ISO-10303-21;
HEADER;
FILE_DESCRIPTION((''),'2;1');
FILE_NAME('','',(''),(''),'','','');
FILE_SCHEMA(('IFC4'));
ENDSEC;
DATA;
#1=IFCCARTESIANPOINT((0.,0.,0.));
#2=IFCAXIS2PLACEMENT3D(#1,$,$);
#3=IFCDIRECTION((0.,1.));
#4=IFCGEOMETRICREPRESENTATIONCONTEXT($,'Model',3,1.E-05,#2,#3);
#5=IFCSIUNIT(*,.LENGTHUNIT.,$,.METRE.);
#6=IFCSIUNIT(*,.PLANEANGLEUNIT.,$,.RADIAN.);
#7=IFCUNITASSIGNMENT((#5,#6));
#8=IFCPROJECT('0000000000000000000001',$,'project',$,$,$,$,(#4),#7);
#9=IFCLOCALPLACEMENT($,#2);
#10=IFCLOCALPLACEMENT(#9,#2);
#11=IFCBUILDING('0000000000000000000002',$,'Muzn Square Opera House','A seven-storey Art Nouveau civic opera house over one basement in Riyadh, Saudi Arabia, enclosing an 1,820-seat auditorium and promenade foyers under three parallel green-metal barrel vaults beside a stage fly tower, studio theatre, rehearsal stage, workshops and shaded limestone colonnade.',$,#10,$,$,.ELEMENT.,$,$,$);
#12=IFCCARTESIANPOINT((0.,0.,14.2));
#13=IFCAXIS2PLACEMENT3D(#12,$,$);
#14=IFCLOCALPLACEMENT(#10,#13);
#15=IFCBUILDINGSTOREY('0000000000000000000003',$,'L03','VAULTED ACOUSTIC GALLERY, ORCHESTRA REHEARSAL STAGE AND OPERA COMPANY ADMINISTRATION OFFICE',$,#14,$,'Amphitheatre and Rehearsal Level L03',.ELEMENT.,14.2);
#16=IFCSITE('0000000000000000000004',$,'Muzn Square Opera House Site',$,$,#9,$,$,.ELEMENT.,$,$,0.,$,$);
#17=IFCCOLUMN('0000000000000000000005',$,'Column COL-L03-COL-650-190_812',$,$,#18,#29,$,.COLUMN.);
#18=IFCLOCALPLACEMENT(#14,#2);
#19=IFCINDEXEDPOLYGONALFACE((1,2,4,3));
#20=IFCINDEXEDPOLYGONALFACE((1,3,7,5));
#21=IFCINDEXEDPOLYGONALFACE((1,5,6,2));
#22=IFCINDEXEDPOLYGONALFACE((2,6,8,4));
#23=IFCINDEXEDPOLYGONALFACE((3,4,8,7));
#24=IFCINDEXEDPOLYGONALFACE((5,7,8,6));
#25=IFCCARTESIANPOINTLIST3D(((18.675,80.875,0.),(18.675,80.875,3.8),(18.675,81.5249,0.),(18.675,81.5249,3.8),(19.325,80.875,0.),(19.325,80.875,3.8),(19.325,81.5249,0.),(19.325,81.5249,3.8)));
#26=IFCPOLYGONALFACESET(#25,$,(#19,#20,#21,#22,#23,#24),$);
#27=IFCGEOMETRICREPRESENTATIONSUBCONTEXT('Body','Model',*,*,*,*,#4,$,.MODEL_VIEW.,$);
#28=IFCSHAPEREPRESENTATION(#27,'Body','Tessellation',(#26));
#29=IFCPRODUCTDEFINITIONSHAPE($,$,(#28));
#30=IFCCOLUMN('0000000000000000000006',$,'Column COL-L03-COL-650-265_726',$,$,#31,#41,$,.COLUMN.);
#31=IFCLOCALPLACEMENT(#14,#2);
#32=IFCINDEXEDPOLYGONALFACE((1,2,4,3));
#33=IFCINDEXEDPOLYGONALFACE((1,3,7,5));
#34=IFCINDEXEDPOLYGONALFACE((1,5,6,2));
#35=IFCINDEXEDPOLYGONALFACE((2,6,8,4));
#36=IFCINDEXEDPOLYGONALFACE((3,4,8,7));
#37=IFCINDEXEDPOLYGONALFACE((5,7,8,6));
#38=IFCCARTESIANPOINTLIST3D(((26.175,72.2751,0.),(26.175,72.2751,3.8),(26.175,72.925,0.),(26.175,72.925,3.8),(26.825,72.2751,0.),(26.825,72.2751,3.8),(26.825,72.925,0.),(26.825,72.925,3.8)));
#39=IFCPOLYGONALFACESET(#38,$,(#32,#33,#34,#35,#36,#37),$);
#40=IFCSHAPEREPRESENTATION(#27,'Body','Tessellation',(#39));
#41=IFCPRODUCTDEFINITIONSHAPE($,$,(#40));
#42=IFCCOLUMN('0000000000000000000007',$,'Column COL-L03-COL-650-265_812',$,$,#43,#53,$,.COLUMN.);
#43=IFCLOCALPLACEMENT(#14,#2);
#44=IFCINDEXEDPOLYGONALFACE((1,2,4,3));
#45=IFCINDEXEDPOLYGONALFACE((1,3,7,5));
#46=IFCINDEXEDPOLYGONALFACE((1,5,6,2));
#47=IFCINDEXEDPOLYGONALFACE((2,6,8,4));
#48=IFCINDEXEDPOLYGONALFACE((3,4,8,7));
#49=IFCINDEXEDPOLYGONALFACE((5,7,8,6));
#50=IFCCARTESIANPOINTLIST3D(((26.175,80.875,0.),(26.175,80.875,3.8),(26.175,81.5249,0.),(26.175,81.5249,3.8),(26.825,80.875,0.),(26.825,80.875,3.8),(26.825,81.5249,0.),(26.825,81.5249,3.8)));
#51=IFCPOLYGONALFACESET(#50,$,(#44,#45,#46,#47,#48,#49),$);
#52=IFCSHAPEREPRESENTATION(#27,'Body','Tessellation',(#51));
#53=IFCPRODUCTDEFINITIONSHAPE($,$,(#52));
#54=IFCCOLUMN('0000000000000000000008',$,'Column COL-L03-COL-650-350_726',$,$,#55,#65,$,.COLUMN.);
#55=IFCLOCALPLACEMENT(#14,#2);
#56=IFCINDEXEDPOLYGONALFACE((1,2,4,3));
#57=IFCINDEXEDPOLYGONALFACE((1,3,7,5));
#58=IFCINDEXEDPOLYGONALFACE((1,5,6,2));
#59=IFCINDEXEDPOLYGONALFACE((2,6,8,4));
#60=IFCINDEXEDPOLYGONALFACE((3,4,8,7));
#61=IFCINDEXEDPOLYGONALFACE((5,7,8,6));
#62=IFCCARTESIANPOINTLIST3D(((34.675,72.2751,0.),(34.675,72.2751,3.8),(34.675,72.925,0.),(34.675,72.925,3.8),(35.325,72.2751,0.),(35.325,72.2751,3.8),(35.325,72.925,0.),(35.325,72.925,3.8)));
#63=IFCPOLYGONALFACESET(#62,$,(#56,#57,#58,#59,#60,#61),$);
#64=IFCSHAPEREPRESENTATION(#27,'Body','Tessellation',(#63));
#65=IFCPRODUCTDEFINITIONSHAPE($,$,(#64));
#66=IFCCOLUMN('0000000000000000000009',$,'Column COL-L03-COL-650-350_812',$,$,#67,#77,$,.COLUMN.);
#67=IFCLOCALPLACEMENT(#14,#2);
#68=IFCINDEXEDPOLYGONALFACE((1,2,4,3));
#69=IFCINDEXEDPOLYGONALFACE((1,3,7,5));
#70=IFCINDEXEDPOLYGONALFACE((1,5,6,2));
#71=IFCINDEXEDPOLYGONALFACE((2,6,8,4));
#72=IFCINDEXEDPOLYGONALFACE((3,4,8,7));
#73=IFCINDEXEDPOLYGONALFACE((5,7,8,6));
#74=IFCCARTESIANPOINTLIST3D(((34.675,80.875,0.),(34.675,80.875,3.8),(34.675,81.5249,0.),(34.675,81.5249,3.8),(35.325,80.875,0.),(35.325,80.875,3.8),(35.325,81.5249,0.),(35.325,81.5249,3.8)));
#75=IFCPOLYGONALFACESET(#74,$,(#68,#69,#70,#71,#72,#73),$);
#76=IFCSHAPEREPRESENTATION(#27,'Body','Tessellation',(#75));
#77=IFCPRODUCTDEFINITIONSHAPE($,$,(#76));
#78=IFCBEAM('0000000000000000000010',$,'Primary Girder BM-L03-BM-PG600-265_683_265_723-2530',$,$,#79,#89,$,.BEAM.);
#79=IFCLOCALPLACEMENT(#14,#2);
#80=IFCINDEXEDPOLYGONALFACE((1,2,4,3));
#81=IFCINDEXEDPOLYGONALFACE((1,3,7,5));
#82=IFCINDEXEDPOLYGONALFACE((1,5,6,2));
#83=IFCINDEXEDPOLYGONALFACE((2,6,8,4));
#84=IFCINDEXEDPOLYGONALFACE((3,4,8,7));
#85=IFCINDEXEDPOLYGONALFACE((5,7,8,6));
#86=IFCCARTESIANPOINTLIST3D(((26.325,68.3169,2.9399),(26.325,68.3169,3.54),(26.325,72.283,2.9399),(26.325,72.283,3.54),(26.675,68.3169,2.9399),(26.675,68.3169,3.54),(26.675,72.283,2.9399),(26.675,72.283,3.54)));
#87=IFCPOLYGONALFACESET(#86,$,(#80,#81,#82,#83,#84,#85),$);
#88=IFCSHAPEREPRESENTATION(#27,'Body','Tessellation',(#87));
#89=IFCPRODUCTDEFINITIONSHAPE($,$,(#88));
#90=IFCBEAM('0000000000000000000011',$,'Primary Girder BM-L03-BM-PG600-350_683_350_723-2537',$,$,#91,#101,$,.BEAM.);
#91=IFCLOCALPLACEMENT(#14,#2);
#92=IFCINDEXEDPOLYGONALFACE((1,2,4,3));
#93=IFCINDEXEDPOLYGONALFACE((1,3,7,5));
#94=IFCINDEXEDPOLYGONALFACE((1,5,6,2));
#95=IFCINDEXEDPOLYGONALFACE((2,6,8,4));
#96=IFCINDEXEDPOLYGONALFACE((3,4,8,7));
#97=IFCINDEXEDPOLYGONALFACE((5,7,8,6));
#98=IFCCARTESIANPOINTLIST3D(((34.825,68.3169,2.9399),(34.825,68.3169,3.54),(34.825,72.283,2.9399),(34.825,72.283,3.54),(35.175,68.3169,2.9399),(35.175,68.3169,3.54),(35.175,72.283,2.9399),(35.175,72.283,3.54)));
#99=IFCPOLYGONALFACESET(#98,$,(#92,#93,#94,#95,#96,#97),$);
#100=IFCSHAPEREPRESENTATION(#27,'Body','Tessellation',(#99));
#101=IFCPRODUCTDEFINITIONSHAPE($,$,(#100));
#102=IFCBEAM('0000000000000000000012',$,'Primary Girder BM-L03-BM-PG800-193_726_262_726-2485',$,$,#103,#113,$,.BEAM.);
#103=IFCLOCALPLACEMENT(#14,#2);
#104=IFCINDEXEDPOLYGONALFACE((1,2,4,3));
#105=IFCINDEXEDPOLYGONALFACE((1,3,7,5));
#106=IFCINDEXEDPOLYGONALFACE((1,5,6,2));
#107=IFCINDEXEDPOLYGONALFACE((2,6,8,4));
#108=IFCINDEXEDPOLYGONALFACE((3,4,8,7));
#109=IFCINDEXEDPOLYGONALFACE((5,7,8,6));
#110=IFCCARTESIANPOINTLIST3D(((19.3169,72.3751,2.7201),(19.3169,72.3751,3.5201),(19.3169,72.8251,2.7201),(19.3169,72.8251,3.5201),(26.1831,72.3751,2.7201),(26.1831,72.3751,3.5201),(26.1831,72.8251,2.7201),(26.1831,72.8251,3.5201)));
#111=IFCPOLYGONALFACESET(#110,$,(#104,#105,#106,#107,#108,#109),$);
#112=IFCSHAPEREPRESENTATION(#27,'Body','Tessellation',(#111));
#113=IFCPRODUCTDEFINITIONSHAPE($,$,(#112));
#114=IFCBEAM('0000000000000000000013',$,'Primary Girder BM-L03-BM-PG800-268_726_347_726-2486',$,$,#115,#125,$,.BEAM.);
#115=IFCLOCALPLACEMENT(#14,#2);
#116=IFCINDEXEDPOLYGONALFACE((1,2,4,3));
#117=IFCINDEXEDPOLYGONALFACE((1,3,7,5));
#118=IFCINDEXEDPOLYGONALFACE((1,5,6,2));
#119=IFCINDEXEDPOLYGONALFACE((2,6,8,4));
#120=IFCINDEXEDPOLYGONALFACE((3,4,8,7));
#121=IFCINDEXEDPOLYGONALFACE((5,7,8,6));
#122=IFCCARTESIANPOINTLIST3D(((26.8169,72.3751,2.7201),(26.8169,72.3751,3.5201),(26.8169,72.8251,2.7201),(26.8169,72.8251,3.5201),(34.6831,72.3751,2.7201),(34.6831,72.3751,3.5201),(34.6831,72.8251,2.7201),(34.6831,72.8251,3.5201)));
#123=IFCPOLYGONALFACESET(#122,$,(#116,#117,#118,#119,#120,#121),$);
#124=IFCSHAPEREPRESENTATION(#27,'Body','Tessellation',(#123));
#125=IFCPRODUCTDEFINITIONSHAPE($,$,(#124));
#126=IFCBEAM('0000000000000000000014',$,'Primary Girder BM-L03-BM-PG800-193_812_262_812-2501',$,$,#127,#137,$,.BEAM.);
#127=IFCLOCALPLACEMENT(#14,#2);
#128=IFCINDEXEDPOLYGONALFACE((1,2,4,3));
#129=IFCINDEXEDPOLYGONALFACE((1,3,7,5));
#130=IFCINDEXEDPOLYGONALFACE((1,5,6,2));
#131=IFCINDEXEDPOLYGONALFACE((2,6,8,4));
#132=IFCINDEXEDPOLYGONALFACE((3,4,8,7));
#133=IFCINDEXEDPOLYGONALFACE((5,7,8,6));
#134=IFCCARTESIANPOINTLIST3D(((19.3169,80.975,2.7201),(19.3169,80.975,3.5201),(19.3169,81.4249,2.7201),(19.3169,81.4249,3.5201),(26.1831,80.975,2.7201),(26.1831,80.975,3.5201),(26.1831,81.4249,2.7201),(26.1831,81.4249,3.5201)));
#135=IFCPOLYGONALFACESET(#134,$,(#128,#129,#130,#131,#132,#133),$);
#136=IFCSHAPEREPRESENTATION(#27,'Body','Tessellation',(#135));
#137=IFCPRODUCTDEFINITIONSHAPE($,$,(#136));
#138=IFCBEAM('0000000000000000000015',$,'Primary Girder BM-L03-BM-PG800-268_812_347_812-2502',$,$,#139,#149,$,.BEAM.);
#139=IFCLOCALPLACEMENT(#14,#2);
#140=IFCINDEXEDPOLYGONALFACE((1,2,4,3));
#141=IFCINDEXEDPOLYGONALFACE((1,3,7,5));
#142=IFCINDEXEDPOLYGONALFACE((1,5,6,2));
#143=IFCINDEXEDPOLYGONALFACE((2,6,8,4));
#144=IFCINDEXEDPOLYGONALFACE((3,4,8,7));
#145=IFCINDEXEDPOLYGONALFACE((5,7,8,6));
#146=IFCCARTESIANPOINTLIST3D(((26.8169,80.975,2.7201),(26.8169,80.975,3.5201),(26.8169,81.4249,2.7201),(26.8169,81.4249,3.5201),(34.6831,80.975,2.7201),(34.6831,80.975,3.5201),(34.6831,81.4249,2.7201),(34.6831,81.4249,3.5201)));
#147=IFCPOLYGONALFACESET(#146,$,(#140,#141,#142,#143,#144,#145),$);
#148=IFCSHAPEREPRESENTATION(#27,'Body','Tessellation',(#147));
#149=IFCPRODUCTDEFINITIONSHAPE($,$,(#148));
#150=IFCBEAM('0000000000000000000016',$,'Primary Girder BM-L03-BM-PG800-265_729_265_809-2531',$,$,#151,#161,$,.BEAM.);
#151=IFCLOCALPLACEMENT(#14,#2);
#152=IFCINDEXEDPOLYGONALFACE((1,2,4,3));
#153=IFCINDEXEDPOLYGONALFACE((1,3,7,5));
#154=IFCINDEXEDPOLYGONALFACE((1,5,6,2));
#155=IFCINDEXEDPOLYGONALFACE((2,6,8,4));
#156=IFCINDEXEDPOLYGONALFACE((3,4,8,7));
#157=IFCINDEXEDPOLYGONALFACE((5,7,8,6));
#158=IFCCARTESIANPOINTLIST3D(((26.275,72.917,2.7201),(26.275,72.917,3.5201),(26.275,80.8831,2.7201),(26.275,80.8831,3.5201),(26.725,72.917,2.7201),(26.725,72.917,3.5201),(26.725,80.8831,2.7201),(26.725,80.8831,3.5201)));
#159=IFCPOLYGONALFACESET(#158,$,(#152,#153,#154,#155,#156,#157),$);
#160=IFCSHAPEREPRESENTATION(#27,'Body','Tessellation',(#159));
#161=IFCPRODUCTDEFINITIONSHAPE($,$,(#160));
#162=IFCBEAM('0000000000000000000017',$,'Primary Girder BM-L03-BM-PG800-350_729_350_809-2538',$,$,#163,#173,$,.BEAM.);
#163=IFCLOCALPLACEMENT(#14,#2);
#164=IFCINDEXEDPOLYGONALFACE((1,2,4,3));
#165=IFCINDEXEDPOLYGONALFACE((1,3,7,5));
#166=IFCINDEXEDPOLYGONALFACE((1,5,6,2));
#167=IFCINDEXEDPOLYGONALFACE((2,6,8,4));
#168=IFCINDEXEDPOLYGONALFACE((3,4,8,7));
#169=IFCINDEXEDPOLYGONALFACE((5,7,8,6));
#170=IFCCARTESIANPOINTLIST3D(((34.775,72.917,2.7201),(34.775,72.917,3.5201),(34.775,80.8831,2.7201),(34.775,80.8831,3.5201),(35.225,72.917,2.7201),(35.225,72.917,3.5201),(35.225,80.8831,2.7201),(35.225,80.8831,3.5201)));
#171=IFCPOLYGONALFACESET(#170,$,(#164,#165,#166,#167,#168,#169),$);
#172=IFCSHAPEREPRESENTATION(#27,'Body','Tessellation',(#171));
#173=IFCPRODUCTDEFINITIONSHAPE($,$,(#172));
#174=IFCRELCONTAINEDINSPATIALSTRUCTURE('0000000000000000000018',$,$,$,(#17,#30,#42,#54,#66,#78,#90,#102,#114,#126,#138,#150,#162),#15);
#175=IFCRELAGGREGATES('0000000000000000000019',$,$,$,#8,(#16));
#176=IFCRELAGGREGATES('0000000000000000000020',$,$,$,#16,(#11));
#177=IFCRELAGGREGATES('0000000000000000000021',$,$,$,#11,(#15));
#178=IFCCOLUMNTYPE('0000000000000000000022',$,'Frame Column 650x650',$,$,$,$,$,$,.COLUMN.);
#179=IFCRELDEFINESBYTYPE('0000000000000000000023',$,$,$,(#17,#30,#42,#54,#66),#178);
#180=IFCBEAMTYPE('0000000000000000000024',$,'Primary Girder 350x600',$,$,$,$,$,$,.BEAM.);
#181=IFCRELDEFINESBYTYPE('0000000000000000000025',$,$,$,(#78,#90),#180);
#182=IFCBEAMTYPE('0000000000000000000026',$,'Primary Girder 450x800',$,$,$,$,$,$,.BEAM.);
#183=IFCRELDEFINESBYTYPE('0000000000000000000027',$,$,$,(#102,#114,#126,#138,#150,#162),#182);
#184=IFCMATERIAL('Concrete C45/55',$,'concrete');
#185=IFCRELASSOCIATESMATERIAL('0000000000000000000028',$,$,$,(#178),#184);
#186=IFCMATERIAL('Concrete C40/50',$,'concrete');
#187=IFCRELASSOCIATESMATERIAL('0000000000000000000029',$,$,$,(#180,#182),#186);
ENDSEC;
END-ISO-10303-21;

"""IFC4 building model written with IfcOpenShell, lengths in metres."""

from ifc_helpers import new_model, si_unit, direction, frame, origin, origin_2d, place, context, subcontext, project, spatial, rectangle, extrude, material, material_profile, profile_set, type_object, element, save


model = new_model("IFC4")

# Units and contexts
model_context = context("Model", 3, precision=1e-05, world=origin(), true_north=direction((0.0, 1.0)))
body_context = subcontext(model_context, "Body", "Model", "MODEL_VIEW")
ifc_project = project(units=[si_unit("LENGTHUNIT", "METRE"), si_unit("PLANEANGLEUNIT", "RADIAN")], contexts=[model_context])

# Site, building, storey
site_placement = place(None, origin())
site = spatial("IfcSite", under=ifc_project, at=site_placement, Name="Muzn Square Opera House Site", CompositionType="ELEMENT", RefElevation=0.0)
building_placement = place(site_placement, origin())
building = spatial("IfcBuilding", under=site, at=building_placement, Name="Muzn Square Opera House", Description="A seven-storey Art Nouveau civic opera house over one basement in Riyadh, Saudi Arabia, enclosing an 1,820-seat auditorium and promenade foyers under three parallel green-metal barrel vaults beside a stage fly tower, studio theatre, rehearsal stage, workshops and shaded limestone colonnade.", CompositionType="ELEMENT")
storey_placement = place(building_placement, frame((0.0, 0.0, 14.2)))
storey = spatial("IfcBuildingStorey", under=building, at=storey_placement, Name="L03", Description="VAULTED ACOUSTIC GALLERY, ORCHESTRA REHEARSAL STAGE AND OPERA COMPANY ADMINISTRATION OFFICE", LongName="Amphitheatre and Rehearsal Level L03", CompositionType="ELEMENT", Elevation=14.2)

# Columns
ifc_material_1 = material(Name="Concrete C45/55", Category="concrete")
ifc_material_profile_1 = material_profile(ifc_material_1, rectangle(XDim=0.6499, YDim=0.6499, at=origin_2d()), Name="RC 650x650", Category="concrete")
ifc_profile_set_1 = profile_set([ifc_material_profile_1], Name="Concrete C45/55")
column_type = type_object("IfcColumnType", Name="Frame Column 650x650", PredefinedType="COLUMN", material=ifc_profile_set_1)
for number, where, z_axis, x_axis, name in (
    (1, (19.0, 81.2, 0.0), (0.0, 0.0, 1.0), (1.0, 0.0, 0.0), "Column COL-L03-COL-650-190_812"),
    (2, (26.5, 72.6001, 0.0), (0.0, 0.0, 1.0), (1.0, 0.0, 0.0), "Column COL-L03-COL-650-265_726"),
    (3, (26.5, 81.2, 0.0), (0.0, 0.0, 1.0), (1.0, 0.0, 0.0), "Column COL-L03-COL-650-265_812"),
    (4, (35.0, 72.6001, 0.0), (0.0, 0.0, 1.0), (1.0, 0.0, 0.0), "Column COL-L03-COL-650-350_726"),
    (5, (35.0, 81.2, 0.0), (0.0, 0.0, 1.0), (1.0, 0.0, 0.0), "Column COL-L03-COL-650-350_812"),
):
    element("IfcColumn", number, at=place(storey_placement, frame(where, z_axis=z_axis, x_axis=x_axis)), inside=storey, type_object=column_type, Name=name, PredefinedType="COLUMN", context=body_context, shape_type="SweptSolid", body=[
        extrude(rectangle(XDim=0.6499, YDim=0.6499, at=origin_2d()), origin(), (0.0, 0.0, 1.0), 3.8),
    ])

# Beams
ifc_material_2 = material(Name="Concrete C40/50", Category="concrete")
ifc_material_profile_2 = material_profile(ifc_material_2, rectangle(XDim=0.3501, YDim=0.6001, at=origin_2d()), Name="RCB 350x600", Category="concrete")
ifc_profile_set_2 = profile_set([ifc_material_profile_2], Name="Concrete C40/50")
beam_type_1 = type_object("IfcBeamType", Name="Primary Girder 350x600", PredefinedType="BEAM", material=ifc_profile_set_2)
for number, where, z_axis, x_axis, name in (
    (6, (26.5, 68.3169, 3.24), (0.0, 1.0, 0.0), (-1.0, 0.0, 0.0), "Primary Girder BM-L03-BM-PG600-265_683_265_723-2530"),
    (7, (35.0, 68.3169, 3.24), (0.0, 1.0, 0.0), (-1.0, 0.0, 0.0), "Primary Girder BM-L03-BM-PG600-350_683_350_723-2537"),
):
    element("IfcBeam", number, at=place(storey_placement, frame(where, z_axis=z_axis, x_axis=x_axis)), inside=storey, type_object=beam_type_1, Name=name, PredefinedType="BEAM", context=body_context, shape_type="SweptSolid", body=[
        extrude(rectangle(XDim=0.3501, YDim=0.6001, at=origin_2d()), origin(), (0.0, 0.0, 1.0), 3.9661),
    ])
ifc_material_profile_3 = material_profile(ifc_material_2, rectangle(XDim=0.45, YDim=0.8, at=origin_2d()), Name="RCB 450x800", Category="concrete")
ifc_profile_set_3 = profile_set([ifc_material_profile_3], Name="Concrete C40/50")
beam_type_2 = type_object("IfcBeamType", Name="Primary Girder 450x800", PredefinedType="BEAM", material=ifc_profile_set_3)
beam_1_placement = place(storey_placement, frame((19.3169, 72.6001, 3.1201), z_axis=(1.0, 0.0, 0.0), x_axis=(0.0, 1.0, 0.0)))
element("IfcBeam", 8, at=beam_1_placement, inside=storey, type_object=beam_type_2, Name="Primary Girder BM-L03-BM-PG800-193_726_262_726-2485", PredefinedType="BEAM", context=body_context, shape_type="SweptSolid", body=[
    extrude(rectangle(XDim=0.45, YDim=0.8, at=origin_2d()), origin(), (0.0, 0.0, 1.0), 6.8662),
])
beam_2_placement = place(storey_placement, frame((26.8169, 72.6001, 3.1201), z_axis=(1.0, 0.0, 0.0), x_axis=(0.0, 1.0, 0.0)))
element("IfcBeam", 9, at=beam_2_placement, inside=storey, type_object=beam_type_2, Name="Primary Girder BM-L03-BM-PG800-268_726_347_726-2486", PredefinedType="BEAM", context=body_context, shape_type="SweptSolid", body=[
    extrude(rectangle(XDim=0.45, YDim=0.8, at=origin_2d()), origin(), (0.0, 0.0, 1.0), 7.8662),
])
beam_3_placement = place(storey_placement, frame((19.3169, 81.2, 3.1201), z_axis=(1.0, 0.0, 0.0), x_axis=(0.0, 1.0, 0.0)))
element("IfcBeam", 10, at=beam_3_placement, inside=storey, type_object=beam_type_2, Name="Primary Girder BM-L03-BM-PG800-193_812_262_812-2501", PredefinedType="BEAM", context=body_context, shape_type="SweptSolid", body=[
    extrude(rectangle(XDim=0.45, YDim=0.8, at=origin_2d()), origin(), (0.0, 0.0, 1.0), 6.8662),
])
beam_4_placement = place(storey_placement, frame((26.8169, 81.2, 3.1201), z_axis=(1.0, 0.0, 0.0), x_axis=(0.0, 1.0, 0.0)))
element("IfcBeam", 11, at=beam_4_placement, inside=storey, type_object=beam_type_2, Name="Primary Girder BM-L03-BM-PG800-268_812_347_812-2502", PredefinedType="BEAM", context=body_context, shape_type="SweptSolid", body=[
    extrude(rectangle(XDim=0.45, YDim=0.8, at=origin_2d()), origin(), (0.0, 0.0, 1.0), 7.8662),
])
for number, where, z_axis, x_axis, name in (
    (12, (26.5, 72.917, 3.1201), (0.0, 1.0, 0.0), (-1.0, 0.0, 0.0), "Primary Girder BM-L03-BM-PG800-265_729_265_809-2531"),
    (13, (35.0, 72.917, 3.1201), (0.0, 1.0, 0.0), (-1.0, 0.0, 0.0), "Primary Girder BM-L03-BM-PG800-350_729_350_809-2538"),
):
    element("IfcBeam", number, at=place(storey_placement, frame(where, z_axis=z_axis, x_axis=x_axis)), inside=storey, type_object=beam_type_2, Name=name, PredefinedType="BEAM", context=body_context, shape_type="SweptSolid", body=[
        extrude(rectangle(XDim=0.45, YDim=0.8, at=origin_2d()), origin(), (0.0, 0.0, 1.0), 7.9661),
    ])

save(model, "model.ifc")
